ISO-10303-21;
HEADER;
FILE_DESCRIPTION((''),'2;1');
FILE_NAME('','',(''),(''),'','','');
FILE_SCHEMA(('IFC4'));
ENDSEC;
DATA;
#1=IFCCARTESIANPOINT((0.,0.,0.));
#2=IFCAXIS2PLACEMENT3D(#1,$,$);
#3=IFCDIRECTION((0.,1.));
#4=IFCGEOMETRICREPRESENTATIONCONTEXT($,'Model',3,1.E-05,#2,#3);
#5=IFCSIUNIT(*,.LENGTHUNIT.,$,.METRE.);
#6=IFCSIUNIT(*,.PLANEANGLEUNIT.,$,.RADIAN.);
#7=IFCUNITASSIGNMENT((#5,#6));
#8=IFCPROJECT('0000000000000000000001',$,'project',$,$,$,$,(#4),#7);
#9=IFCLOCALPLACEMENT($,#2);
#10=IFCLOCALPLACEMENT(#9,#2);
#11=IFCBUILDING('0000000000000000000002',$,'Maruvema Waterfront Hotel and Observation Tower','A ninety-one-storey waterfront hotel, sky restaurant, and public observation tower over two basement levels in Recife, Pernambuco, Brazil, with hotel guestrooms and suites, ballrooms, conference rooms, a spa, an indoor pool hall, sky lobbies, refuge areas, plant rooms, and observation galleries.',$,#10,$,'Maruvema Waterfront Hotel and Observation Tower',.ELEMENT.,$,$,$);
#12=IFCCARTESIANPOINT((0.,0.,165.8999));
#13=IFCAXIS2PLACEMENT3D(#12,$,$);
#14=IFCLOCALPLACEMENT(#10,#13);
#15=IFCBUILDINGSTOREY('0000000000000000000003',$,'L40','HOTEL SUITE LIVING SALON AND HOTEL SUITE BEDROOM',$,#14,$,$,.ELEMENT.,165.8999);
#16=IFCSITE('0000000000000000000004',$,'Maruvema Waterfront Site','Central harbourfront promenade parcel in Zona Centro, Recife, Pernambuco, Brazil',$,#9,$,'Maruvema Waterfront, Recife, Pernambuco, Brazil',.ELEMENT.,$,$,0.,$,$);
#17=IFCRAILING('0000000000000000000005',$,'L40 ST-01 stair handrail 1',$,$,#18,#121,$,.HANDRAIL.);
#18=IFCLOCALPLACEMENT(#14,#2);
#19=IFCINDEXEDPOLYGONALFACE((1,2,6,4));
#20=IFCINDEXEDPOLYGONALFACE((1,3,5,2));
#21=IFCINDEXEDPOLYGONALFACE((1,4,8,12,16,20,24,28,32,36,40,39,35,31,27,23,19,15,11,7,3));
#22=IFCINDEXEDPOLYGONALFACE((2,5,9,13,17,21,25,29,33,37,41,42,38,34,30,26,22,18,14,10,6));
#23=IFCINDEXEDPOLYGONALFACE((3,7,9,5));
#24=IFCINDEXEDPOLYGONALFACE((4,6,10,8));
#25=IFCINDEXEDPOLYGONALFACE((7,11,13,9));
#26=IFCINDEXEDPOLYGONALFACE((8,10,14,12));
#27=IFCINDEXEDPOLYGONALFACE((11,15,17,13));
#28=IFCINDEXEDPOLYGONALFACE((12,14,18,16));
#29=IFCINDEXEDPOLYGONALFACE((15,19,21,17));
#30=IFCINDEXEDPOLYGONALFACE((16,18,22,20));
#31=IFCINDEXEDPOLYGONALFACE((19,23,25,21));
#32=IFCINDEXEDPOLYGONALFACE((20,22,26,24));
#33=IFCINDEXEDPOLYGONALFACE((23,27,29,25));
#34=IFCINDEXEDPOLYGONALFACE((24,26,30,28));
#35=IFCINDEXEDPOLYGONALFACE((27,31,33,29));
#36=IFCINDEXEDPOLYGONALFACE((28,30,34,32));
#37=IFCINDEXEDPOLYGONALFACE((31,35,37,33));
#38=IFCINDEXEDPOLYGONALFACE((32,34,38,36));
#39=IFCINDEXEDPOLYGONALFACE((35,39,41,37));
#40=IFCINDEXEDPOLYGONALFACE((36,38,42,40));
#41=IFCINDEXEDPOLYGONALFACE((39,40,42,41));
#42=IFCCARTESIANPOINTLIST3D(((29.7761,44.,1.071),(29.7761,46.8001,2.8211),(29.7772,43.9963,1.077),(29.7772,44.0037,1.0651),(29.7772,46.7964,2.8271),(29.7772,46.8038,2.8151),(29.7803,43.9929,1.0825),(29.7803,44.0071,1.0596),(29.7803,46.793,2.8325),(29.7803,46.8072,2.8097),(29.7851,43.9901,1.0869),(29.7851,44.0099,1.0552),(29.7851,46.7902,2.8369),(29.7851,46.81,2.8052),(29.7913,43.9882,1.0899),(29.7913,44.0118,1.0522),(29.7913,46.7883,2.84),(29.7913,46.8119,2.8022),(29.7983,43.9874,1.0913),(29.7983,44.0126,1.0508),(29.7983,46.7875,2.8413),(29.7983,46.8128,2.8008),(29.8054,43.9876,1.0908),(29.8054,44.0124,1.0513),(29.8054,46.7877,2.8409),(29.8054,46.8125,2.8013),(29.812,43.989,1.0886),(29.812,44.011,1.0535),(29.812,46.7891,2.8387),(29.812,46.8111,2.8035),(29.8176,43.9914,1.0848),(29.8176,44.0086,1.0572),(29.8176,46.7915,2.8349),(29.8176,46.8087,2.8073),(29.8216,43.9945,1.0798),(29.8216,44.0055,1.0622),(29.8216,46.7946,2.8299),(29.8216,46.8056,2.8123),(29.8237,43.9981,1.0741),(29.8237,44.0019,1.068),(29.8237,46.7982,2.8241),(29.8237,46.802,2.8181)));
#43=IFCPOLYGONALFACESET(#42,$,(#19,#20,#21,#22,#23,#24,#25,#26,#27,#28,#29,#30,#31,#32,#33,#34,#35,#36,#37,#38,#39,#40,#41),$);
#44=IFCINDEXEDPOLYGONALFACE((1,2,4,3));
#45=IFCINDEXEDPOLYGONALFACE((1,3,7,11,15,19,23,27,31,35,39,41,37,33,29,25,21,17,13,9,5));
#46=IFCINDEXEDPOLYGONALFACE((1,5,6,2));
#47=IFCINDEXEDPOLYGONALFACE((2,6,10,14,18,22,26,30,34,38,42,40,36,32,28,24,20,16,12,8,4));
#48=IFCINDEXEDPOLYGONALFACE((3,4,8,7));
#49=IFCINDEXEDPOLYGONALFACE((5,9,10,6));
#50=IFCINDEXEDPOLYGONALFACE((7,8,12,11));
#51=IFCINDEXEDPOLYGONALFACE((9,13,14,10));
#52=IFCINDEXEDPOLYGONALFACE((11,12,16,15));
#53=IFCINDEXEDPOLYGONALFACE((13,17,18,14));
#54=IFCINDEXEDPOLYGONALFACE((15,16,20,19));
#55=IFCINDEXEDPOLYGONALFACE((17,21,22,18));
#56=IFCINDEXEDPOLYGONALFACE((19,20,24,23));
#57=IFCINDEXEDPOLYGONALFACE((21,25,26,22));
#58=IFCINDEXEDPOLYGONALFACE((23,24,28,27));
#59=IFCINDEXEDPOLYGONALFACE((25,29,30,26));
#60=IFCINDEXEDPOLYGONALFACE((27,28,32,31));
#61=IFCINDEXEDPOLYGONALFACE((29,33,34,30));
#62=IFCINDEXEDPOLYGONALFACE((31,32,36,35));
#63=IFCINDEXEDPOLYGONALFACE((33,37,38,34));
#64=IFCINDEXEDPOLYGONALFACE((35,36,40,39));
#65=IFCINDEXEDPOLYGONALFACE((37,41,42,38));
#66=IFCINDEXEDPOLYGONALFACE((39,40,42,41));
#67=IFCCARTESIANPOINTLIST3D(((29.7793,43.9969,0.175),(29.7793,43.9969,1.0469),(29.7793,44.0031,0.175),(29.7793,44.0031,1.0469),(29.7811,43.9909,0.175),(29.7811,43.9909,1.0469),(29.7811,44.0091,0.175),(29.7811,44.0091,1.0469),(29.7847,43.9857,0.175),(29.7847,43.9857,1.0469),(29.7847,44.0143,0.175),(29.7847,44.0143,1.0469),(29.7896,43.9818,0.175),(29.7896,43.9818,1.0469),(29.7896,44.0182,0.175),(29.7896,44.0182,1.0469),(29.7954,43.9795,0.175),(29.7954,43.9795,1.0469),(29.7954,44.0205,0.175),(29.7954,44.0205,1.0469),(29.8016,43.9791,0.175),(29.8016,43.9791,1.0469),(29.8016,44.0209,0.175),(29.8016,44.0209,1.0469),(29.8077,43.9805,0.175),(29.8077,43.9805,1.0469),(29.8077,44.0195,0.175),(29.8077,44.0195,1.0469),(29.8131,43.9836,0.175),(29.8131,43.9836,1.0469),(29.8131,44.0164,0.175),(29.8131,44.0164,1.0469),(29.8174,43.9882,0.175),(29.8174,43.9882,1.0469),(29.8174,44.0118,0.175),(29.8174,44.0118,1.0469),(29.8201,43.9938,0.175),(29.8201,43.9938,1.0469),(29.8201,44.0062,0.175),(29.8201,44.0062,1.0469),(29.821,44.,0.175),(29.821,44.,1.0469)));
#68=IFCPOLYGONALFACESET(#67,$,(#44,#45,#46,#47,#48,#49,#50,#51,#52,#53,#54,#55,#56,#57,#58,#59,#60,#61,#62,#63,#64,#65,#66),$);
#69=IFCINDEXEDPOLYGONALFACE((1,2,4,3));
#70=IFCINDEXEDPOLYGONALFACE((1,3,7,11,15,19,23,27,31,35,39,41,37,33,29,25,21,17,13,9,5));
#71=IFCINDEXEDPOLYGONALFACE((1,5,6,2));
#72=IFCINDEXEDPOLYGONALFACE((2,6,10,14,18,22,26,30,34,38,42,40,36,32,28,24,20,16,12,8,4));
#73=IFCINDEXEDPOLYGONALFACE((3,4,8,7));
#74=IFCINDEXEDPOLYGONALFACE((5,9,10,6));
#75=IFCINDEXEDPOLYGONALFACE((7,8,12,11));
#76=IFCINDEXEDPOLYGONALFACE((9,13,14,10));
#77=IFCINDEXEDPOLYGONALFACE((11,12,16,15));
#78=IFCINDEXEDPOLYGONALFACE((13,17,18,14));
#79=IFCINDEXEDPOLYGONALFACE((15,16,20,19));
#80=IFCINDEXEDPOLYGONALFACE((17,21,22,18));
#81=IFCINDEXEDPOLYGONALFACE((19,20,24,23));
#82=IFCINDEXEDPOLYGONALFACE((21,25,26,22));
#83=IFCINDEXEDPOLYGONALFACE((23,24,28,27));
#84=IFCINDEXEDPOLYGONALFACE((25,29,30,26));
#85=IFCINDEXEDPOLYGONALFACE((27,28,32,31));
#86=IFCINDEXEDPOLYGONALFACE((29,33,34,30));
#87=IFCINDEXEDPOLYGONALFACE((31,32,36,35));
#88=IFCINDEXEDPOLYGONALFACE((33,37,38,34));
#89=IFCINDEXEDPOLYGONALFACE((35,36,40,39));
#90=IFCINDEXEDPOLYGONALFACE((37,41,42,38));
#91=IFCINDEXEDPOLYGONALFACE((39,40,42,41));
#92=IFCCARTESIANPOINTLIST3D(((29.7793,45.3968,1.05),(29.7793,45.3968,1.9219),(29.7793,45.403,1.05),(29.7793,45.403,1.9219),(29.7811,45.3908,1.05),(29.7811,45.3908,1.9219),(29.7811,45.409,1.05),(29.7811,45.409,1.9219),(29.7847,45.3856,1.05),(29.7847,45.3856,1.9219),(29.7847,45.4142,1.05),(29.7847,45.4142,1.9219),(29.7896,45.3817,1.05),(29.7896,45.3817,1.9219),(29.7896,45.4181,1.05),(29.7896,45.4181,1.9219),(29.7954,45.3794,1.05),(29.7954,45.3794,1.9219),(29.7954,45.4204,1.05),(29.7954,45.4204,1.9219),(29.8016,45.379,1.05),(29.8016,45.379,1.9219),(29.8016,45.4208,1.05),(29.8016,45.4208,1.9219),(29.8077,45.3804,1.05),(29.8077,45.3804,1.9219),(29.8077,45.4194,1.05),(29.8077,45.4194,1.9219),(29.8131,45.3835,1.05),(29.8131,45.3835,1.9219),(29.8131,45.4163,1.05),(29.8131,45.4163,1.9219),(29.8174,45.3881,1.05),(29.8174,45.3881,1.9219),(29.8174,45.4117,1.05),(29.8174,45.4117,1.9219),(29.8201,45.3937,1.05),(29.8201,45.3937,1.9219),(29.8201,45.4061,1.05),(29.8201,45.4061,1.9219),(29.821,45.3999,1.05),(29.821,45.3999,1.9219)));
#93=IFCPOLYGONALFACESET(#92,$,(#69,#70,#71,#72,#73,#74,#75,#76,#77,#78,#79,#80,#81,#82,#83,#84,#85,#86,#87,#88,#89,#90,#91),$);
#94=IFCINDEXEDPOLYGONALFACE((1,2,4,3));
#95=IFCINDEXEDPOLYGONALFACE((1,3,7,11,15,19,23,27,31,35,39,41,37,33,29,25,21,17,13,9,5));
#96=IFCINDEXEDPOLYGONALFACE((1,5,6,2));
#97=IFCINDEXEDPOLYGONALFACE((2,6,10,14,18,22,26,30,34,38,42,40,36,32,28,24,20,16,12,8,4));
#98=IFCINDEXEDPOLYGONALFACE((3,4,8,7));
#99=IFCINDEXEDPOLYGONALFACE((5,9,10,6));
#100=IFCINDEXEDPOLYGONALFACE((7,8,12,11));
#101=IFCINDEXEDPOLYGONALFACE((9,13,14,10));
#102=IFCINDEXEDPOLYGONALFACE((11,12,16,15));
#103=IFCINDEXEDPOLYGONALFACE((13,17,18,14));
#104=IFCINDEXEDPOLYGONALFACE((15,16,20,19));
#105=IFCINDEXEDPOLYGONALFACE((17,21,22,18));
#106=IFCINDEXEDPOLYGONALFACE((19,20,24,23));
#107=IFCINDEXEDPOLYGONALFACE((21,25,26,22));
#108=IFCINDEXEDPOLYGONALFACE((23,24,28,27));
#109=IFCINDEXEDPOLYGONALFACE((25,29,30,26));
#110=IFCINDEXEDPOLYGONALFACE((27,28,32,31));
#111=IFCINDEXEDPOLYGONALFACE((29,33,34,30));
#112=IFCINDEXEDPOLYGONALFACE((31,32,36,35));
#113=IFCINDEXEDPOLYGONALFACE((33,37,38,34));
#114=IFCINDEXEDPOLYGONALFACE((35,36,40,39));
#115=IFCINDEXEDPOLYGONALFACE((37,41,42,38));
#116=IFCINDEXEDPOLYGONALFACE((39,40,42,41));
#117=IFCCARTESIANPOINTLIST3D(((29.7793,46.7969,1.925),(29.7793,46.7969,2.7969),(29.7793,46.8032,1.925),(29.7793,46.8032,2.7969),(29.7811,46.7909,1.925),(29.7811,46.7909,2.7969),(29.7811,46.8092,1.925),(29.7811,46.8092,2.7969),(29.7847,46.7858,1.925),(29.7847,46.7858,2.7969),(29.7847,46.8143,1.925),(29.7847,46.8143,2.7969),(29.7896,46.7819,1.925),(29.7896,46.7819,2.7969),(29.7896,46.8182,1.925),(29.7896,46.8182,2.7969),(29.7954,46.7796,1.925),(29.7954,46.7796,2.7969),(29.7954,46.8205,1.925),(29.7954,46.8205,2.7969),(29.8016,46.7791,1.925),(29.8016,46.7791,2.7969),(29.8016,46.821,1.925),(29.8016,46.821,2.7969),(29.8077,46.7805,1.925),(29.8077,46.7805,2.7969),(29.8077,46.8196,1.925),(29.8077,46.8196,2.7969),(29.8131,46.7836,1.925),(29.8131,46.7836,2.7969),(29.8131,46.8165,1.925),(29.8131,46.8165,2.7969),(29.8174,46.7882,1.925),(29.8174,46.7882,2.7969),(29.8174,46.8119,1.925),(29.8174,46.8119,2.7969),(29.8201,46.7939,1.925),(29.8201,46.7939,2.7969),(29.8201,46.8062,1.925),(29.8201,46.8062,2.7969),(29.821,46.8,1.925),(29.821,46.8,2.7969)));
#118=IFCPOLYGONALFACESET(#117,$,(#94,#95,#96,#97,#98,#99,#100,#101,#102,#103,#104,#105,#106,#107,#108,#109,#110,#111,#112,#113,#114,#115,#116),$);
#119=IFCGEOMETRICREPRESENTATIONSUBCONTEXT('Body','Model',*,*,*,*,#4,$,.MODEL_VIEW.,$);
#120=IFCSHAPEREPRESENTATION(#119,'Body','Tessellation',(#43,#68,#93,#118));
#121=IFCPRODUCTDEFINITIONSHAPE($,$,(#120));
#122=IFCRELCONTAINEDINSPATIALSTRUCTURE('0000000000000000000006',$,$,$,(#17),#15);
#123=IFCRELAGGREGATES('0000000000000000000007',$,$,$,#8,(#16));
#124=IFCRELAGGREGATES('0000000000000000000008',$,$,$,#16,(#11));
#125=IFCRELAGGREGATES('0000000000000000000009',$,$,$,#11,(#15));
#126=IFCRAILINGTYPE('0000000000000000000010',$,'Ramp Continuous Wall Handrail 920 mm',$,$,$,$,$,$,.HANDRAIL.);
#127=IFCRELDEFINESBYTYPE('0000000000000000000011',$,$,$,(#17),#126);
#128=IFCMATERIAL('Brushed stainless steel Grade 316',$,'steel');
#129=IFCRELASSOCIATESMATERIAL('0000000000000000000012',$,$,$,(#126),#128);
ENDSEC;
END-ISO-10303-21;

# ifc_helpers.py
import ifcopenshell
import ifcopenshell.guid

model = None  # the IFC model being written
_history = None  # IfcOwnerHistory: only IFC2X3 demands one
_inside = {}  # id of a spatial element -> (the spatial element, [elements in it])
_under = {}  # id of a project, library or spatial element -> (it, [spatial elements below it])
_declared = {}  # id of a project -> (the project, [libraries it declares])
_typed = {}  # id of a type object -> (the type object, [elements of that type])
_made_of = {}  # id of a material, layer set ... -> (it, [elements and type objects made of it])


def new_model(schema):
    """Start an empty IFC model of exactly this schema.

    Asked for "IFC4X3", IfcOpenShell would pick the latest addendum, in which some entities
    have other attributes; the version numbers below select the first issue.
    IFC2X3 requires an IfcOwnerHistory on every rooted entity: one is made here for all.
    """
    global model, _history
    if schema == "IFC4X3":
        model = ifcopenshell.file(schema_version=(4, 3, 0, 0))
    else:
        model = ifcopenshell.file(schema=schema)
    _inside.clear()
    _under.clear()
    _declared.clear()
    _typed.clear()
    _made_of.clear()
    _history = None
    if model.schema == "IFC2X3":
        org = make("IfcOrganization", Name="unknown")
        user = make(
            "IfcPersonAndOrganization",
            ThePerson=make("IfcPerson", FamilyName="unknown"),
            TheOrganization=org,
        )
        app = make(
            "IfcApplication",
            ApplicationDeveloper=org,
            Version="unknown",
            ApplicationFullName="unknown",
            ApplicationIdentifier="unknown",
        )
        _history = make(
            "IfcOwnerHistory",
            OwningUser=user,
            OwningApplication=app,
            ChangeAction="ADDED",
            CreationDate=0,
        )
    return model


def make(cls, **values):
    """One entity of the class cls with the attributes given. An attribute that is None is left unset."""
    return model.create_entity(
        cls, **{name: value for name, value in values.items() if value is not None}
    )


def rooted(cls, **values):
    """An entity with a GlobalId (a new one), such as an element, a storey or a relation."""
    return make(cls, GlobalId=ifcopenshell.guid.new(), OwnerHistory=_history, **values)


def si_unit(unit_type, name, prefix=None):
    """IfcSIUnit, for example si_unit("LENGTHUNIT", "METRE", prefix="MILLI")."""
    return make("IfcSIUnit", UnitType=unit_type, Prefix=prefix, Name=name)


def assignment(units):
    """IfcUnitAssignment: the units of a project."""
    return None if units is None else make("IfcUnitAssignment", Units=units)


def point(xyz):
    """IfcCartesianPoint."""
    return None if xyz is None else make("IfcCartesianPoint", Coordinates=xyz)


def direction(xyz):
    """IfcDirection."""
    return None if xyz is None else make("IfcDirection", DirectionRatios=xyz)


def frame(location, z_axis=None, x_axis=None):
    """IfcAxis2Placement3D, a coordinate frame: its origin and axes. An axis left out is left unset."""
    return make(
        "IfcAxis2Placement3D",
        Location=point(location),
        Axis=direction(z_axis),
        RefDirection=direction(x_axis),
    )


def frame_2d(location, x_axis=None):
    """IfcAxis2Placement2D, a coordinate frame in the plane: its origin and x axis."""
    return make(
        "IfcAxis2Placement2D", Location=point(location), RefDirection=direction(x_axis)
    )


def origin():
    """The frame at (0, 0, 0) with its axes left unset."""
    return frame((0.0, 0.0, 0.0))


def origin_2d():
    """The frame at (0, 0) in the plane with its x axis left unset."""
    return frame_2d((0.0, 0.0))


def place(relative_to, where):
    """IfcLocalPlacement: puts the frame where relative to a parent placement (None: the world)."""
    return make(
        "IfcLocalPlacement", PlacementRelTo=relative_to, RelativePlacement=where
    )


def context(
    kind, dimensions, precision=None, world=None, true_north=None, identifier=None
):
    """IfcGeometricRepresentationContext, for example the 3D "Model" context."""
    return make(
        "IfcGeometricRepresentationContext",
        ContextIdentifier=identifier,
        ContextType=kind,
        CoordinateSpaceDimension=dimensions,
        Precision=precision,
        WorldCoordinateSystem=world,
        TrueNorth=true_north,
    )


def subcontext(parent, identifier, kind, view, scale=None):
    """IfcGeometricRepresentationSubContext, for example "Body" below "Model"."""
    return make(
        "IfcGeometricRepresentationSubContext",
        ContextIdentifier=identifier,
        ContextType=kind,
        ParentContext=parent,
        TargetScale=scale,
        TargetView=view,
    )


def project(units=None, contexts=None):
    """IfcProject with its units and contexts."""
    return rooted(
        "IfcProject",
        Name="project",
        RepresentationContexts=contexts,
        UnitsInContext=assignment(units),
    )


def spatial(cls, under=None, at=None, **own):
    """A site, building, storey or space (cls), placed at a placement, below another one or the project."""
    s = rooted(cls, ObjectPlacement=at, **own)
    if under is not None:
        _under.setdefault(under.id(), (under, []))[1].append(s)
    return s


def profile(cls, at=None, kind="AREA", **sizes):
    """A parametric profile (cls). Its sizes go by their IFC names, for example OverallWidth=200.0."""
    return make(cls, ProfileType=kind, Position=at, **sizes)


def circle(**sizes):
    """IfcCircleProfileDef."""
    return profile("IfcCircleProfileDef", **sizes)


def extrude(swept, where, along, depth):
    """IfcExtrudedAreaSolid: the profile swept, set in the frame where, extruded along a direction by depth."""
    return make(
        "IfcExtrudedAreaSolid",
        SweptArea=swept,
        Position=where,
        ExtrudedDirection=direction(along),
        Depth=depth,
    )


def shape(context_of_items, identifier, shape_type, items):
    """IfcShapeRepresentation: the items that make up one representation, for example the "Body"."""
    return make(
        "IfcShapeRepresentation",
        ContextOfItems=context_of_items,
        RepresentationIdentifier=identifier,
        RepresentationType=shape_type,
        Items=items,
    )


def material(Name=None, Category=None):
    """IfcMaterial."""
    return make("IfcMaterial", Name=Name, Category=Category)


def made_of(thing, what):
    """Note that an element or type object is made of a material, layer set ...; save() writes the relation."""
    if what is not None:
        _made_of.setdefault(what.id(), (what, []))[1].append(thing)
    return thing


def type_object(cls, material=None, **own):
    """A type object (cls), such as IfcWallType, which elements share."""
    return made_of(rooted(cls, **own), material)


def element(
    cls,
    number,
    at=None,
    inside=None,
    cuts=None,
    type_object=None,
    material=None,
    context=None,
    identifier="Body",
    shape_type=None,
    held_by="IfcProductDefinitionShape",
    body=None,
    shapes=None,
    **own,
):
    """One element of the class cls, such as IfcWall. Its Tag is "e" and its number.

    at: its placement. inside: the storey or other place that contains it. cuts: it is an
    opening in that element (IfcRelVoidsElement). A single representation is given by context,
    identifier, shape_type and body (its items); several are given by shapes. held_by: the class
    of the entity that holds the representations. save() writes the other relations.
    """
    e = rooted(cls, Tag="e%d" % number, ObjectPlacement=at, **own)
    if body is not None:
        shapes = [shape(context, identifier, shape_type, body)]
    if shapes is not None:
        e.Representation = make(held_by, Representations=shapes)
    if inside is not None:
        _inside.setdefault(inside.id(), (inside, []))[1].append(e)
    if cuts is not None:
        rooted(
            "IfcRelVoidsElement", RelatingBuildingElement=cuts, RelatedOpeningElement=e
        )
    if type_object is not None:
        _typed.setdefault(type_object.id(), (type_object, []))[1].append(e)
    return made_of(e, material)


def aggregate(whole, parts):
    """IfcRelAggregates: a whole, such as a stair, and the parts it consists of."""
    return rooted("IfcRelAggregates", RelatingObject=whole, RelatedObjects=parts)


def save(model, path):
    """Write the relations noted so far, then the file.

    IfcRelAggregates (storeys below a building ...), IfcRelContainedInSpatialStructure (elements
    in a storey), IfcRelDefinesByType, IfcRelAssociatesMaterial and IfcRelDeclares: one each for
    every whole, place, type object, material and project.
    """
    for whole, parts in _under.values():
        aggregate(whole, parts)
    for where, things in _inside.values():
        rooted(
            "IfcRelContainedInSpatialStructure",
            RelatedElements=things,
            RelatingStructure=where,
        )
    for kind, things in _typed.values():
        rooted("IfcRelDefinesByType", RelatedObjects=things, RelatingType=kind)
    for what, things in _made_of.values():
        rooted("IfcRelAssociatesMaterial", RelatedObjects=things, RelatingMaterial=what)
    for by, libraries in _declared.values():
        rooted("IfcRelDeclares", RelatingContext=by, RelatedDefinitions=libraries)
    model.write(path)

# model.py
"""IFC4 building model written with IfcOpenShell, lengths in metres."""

from ifc_helpers import new_model, si_unit, direction, frame, origin, origin_2d, place, context, subcontext, project, spatial, circle, extrude, material, type_object, element, save


model = new_model("IFC4")

# Units and contexts
model_context = context("Model", 3, precision=1e-05, world=origin(), true_north=direction((0.0, 1.0)))
body_context = subcontext(model_context, "Body", "Model", "MODEL_VIEW")
ifc_project = project(units=[si_unit("LENGTHUNIT", "METRE"), si_unit("PLANEANGLEUNIT", "RADIAN")], contexts=[model_context])

# Site, building, storey
site_placement = place(None, origin())
site = spatial("IfcSite", under=ifc_project, at=site_placement, Name="Maruvema Waterfront Site", Description="Central harbourfront promenade parcel in Zona Centro, Recife, Pernambuco, Brazil", LongName="Maruvema Waterfront, Recife, Pernambuco, Brazil", CompositionType="ELEMENT", RefElevation=0.0)
building_placement = place(site_placement, origin())
building = spatial("IfcBuilding", under=site, at=building_placement, Name="Maruvema Waterfront Hotel and Observation Tower", Description="A ninety-one-storey waterfront hotel, sky restaurant, and public observation tower over two basement levels in Recife, Pernambuco, Brazil, with hotel guestrooms and suites, ballrooms, conference rooms, a spa, an indoor pool hall, sky lobbies, refuge areas, plant rooms, and observation galleries.", LongName="Maruvema Waterfront Hotel and Observation Tower", CompositionType="ELEMENT")
storey_placement = place(building_placement, frame((0.0, 0.0, 165.8999)))
storey = spatial("IfcBuildingStorey", under=building, at=storey_placement, Name="L40", Description="HOTEL SUITE LIVING SALON AND HOTEL SUITE BEDROOM", CompositionType="ELEMENT", Elevation=165.8999)

# Railing
ifc_material_1 = material(Name="Brushed stainless steel Grade 316", Category="steel")
railing_type_1 = type_object("IfcRailingType", Name="Ramp Continuous Wall Handrail 920 mm", PredefinedType="HANDRAIL", material=ifc_material_1)
railing_1_placement = place(storey_placement, frame((29.8, 44.0, 0.175)))
element("IfcRailing", 1, at=railing_1_placement, inside=storey, type_object=railing_type_1, Name="L40 ST-01 stair handrail 1", PredefinedType="HANDRAIL", context=body_context, shape_type="SweptSolid", body=[
    extrude(circle(Radius=0.0239, at=origin_2d()), frame((0.0, 0.0, 0.896), z_axis=(0.0, 0.848002, 0.529992), x_axis=(-1.0, 0.0, 0.0)), (0.0, 0.0, 1.0), 3.302),
    extrude(circle(Radius=0.021, at=origin_2d()), origin(), (0.0, 0.0, 1.0), 0.8718),
    extrude(circle(Radius=0.021, at=origin_2d()), frame((0.0, 1.3999, 0.875)), (0.0, 0.0, 1.0), 0.8718),
    extrude(circle(Radius=0.021, at=origin_2d()), frame((0.0, 2.8, 1.75)), (0.0, 0.0, 1.0), 0.8718),
])

save(model, "model.ifc")
